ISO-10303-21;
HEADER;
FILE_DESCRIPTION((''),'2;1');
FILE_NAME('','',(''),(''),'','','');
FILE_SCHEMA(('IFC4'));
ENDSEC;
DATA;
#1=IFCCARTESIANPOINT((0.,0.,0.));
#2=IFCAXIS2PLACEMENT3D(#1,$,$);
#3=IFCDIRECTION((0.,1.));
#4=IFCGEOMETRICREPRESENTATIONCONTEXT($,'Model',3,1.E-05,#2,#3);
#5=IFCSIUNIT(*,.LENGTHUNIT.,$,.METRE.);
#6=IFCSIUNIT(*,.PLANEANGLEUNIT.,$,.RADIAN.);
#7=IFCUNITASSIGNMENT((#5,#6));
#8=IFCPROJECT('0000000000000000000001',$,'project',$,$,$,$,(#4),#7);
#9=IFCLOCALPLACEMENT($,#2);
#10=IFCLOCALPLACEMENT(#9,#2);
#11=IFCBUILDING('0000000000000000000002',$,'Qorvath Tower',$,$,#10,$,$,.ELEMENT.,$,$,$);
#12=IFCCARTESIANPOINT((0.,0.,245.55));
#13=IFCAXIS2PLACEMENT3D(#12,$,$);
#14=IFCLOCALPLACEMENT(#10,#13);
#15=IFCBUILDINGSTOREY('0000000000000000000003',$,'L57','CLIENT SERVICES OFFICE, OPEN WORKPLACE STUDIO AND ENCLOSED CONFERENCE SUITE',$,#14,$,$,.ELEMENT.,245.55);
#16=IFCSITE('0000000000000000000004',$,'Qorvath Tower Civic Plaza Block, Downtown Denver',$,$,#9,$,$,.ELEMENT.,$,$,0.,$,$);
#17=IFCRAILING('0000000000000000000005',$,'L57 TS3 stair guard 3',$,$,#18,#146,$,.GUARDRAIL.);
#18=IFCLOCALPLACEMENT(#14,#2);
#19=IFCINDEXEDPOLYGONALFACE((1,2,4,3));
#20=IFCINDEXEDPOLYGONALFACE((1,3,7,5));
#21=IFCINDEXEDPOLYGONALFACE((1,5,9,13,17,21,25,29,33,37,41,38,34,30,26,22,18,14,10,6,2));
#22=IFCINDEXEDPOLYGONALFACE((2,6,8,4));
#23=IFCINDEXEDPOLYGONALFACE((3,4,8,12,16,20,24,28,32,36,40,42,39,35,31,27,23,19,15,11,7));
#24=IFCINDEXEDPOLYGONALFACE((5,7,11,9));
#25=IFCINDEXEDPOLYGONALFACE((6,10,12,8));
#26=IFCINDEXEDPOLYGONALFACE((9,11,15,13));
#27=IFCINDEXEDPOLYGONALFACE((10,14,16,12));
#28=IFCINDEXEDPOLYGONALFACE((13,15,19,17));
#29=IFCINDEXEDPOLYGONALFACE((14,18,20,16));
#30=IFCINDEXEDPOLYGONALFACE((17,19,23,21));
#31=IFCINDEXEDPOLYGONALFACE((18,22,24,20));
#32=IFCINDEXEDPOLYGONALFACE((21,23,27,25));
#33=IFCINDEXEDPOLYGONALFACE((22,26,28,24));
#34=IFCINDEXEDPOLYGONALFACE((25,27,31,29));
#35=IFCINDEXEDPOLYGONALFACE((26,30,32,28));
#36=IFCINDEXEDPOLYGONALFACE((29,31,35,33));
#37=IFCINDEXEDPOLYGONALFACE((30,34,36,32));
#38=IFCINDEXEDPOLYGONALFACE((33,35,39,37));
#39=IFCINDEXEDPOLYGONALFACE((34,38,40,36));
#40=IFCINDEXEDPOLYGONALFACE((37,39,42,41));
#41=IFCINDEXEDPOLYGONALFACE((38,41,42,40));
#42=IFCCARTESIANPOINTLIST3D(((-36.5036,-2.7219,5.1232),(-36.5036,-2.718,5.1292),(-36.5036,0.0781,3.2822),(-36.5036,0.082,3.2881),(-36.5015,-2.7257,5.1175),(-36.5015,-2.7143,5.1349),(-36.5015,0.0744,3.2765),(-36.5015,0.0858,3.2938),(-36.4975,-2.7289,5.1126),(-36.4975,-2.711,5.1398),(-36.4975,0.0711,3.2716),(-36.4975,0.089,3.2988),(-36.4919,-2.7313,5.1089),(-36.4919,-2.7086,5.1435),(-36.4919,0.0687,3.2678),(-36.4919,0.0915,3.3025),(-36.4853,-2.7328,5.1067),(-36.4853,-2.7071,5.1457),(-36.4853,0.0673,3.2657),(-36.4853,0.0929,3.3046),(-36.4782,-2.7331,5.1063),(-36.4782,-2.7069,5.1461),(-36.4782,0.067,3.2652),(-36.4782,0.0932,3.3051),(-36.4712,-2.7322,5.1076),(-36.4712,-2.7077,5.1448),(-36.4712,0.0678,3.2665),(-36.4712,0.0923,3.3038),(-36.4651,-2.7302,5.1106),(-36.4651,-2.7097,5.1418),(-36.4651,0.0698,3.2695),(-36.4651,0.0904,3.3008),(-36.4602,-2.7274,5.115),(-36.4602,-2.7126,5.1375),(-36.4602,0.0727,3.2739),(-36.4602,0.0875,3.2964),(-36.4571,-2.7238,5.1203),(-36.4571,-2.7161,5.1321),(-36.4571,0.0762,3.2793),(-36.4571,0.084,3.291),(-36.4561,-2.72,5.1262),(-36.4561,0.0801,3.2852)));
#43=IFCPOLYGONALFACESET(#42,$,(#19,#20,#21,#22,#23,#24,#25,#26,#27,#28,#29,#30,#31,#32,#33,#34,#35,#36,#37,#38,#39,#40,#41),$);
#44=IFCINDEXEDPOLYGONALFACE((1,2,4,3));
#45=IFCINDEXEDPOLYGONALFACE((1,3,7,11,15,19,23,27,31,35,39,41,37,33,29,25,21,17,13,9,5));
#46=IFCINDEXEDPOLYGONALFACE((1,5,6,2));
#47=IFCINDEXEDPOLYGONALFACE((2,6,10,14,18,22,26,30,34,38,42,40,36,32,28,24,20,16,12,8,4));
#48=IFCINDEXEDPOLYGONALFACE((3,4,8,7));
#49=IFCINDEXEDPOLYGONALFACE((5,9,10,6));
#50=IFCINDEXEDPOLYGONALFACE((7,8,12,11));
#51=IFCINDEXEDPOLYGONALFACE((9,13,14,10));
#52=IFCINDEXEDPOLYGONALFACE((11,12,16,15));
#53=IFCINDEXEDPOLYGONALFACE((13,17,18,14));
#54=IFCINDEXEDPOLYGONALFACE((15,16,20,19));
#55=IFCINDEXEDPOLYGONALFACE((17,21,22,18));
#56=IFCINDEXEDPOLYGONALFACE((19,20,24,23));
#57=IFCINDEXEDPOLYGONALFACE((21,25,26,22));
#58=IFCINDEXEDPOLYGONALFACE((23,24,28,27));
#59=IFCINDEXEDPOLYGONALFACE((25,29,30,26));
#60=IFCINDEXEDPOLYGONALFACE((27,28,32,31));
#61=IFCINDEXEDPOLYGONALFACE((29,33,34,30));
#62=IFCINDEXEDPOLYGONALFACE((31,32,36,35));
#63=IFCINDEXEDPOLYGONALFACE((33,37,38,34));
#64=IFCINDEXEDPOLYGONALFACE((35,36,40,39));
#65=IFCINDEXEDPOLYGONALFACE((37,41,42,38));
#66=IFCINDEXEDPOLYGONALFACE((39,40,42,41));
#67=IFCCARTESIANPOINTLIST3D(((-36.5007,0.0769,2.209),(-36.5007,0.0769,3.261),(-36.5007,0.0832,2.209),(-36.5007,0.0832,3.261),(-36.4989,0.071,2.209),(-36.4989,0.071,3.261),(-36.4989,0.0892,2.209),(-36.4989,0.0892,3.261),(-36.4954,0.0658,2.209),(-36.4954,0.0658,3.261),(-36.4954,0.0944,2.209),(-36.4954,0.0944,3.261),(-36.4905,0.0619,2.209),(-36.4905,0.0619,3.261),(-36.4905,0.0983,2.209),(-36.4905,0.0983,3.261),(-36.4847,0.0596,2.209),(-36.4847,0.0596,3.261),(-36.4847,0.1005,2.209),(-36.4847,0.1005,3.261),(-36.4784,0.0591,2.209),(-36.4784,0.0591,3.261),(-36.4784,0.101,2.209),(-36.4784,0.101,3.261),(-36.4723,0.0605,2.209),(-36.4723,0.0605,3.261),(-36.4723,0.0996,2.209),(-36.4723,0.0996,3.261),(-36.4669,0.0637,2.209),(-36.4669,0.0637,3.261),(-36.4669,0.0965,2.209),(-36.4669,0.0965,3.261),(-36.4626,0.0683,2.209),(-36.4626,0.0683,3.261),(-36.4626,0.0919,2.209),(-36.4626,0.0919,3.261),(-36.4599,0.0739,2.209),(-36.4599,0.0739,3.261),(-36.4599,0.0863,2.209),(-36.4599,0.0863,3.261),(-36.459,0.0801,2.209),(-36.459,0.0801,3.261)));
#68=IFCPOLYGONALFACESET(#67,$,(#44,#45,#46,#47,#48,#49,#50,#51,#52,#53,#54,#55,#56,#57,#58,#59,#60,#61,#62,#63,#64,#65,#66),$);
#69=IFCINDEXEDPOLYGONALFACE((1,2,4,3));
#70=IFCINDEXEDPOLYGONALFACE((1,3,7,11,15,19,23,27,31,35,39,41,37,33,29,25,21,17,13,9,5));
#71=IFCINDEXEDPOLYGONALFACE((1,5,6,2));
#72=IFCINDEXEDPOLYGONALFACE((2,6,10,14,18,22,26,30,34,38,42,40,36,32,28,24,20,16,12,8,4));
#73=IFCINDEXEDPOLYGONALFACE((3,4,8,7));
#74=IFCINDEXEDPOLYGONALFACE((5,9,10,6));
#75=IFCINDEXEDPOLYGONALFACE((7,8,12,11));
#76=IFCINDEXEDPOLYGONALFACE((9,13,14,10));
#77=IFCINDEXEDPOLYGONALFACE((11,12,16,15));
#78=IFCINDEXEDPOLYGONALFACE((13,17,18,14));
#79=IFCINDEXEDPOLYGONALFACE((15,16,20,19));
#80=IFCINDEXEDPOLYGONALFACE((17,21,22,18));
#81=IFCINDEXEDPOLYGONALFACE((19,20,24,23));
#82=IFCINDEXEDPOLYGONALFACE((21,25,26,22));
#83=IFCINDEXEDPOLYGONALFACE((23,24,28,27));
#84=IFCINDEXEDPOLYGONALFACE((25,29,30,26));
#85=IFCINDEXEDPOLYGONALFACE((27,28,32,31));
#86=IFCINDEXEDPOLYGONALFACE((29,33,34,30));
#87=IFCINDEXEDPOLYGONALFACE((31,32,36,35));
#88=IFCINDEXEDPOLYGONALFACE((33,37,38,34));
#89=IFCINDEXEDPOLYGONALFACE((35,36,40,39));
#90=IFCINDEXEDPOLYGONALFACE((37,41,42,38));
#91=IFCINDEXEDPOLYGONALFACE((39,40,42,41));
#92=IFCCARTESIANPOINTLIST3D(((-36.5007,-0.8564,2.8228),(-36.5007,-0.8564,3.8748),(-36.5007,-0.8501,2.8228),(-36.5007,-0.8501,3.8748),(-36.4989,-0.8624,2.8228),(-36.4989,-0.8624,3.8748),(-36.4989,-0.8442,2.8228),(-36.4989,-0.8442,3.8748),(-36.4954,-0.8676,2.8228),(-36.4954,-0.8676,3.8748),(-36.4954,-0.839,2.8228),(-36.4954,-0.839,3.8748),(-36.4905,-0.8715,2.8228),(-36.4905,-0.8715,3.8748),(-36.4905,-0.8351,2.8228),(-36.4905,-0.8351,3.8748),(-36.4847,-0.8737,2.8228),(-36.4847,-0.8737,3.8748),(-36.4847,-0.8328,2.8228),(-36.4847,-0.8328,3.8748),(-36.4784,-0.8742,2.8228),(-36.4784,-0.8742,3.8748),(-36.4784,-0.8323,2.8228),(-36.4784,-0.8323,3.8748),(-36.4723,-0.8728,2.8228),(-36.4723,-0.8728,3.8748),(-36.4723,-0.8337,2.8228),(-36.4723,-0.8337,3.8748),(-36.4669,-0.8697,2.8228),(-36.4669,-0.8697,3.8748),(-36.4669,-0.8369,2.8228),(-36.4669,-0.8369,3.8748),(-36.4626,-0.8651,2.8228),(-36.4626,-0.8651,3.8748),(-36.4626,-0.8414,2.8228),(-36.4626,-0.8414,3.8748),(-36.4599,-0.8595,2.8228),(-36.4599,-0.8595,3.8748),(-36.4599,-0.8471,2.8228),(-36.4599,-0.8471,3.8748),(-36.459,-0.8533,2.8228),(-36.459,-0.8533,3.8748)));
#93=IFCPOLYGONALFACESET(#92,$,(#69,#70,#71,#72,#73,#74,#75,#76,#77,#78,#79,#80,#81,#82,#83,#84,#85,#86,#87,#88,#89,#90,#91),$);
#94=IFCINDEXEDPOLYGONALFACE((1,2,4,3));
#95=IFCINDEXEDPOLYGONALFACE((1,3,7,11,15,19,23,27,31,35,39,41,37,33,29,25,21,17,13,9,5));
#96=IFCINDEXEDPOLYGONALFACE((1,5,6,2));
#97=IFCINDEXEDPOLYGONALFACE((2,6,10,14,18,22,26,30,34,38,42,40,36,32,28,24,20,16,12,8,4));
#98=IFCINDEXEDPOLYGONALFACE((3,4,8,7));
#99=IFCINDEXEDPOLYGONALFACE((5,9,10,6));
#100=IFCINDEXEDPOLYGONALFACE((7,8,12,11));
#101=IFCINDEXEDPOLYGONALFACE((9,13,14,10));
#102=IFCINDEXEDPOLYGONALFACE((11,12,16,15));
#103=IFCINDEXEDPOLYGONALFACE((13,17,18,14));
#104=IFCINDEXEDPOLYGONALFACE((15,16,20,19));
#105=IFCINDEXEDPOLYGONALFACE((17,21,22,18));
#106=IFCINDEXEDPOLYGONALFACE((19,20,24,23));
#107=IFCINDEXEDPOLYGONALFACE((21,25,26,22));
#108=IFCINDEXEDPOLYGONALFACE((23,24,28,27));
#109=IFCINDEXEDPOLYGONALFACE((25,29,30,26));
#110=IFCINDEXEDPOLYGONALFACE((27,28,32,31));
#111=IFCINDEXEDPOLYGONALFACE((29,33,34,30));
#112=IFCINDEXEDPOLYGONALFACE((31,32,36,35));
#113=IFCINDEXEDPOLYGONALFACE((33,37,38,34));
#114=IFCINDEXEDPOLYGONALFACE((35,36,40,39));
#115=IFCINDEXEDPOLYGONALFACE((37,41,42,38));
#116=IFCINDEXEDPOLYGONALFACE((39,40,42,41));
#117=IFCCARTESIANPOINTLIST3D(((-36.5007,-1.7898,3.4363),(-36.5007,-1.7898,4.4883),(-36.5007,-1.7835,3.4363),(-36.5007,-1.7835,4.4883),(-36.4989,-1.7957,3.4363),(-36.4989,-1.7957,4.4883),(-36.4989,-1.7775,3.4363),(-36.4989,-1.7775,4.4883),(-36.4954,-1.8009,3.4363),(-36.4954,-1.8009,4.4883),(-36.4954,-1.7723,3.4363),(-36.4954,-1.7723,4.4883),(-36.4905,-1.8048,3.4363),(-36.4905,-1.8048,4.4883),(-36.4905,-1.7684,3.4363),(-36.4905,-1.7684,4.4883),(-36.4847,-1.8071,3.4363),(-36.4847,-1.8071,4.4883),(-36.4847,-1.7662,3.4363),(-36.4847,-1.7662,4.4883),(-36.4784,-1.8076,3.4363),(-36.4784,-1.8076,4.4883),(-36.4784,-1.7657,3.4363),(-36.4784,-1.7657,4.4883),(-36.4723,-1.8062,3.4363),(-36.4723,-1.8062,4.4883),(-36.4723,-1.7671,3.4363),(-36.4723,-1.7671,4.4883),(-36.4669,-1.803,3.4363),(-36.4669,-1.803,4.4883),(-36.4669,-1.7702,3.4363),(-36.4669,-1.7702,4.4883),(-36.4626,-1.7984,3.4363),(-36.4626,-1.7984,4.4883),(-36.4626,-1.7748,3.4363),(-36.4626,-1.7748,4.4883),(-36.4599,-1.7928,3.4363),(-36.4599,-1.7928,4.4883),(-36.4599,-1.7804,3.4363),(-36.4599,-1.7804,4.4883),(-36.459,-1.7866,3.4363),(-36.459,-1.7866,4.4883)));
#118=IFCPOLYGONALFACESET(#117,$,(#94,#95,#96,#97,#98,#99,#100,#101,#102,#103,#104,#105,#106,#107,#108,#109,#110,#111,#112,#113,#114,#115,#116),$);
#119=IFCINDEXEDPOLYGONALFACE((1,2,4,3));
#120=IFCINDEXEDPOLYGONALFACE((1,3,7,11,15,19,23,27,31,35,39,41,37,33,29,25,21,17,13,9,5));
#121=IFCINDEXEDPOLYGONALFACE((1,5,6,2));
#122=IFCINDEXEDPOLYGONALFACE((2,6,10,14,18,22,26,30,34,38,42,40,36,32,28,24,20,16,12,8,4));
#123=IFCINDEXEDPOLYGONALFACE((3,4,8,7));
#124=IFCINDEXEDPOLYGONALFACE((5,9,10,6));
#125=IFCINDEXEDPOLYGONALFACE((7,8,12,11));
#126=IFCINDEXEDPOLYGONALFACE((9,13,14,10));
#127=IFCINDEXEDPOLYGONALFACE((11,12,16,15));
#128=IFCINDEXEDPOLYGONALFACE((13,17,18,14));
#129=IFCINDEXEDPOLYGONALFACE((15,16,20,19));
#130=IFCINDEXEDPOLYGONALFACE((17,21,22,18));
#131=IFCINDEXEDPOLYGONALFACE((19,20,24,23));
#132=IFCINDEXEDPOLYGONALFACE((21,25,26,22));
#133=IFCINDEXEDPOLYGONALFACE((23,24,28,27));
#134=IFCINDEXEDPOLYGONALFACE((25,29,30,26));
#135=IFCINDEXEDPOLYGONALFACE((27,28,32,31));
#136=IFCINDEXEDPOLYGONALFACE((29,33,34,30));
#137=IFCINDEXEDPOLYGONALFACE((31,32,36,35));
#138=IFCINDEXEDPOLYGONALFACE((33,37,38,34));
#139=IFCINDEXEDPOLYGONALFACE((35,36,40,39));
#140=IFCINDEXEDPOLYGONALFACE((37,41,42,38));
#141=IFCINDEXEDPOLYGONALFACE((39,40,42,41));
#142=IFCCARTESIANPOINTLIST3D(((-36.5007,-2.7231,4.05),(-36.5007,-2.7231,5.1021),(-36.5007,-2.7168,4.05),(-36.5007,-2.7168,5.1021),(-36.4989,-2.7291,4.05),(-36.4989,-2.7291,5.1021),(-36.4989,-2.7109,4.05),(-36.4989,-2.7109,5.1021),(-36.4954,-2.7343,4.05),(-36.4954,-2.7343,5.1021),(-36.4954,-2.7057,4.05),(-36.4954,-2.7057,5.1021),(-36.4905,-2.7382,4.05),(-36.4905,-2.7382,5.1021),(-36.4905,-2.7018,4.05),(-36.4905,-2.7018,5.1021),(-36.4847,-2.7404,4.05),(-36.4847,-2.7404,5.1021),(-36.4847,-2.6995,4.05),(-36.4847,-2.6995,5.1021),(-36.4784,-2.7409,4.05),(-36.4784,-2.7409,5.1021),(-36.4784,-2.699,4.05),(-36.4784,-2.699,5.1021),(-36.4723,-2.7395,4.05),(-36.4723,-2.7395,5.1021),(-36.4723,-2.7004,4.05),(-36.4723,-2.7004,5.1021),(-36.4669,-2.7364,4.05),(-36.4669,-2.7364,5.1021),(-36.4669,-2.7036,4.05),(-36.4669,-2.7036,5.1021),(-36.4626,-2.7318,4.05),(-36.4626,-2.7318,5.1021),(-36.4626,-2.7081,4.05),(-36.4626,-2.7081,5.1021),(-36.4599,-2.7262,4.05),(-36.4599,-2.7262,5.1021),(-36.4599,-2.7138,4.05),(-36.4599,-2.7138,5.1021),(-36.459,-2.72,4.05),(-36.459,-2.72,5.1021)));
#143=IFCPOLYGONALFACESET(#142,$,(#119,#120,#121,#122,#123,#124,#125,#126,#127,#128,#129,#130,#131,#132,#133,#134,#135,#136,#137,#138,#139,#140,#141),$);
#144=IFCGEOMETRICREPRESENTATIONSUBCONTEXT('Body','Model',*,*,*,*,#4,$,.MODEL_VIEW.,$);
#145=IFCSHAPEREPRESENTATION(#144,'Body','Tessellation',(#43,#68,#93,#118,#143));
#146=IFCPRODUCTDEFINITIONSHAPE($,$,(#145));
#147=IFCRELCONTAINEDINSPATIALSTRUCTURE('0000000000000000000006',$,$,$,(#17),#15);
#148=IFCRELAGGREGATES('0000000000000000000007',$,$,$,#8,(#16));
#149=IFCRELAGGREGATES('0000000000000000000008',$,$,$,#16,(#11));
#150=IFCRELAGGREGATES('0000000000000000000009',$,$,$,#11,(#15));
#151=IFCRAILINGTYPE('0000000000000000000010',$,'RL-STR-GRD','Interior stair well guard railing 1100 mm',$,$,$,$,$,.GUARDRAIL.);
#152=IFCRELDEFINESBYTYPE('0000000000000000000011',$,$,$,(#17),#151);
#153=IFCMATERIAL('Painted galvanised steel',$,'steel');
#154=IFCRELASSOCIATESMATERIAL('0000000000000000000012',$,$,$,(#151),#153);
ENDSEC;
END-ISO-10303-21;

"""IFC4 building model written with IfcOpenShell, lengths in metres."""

from ifc_helpers import new_model, si_unit, direction, frame, origin, origin_2d, place, context, subcontext, project, spatial, circle, extrude, material, type_object, element, save


model = new_model("IFC4")

# Units and contexts
model_context = context("Model", 3, precision=1e-05, world=origin(), true_north=direction((0.0, 1.0)))
body_context = subcontext(model_context, "Body", "Model", "MODEL_VIEW")
ifc_project = project(units=[si_unit("LENGTHUNIT", "METRE"), si_unit("PLANEANGLEUNIT", "RADIAN")], contexts=[model_context])

# Site, building, storey
site_placement = place(None, origin())
site = spatial("IfcSite", under=ifc_project, at=site_placement, Name="Qorvath Tower Civic Plaza Block, Downtown Denver", CompositionType="ELEMENT", RefElevation=0.0)
building_placement = place(site_placement, origin())
building = spatial("IfcBuilding", under=site, at=building_placement, Name="Qorvath Tower", CompositionType="ELEMENT")
storey_placement = place(building_placement, frame((0.0, 0.0, 245.55)))
storey = spatial("IfcBuildingStorey", under=building, at=storey_placement, Name="L57", Description="CLIENT SERVICES OFFICE, OPEN WORKPLACE STUDIO AND ENCLOSED CONFERENCE SUITE", CompositionType="ELEMENT", Elevation=245.55)

# Railing
ifc_material_1 = material(Name="Painted galvanised steel", Category="steel")
railing_type_1 = type_object("IfcRailingType", Name="RL-STR-GRD", Description="Interior stair well guard railing 1100 mm", PredefinedType="GUARDRAIL", material=ifc_material_1)
railing_1_placement = place(storey_placement, frame((-36.48, 0.0801, 2.209)))
element("IfcRailing", 1, at=railing_1_placement, inside=storey, type_object=railing_type_1, Name="L57 TS3 stair guard 3", PredefinedType="GUARDRAIL", context=body_context, shape_type="SweptSolid", body=[
    extrude(circle(Radius=0.0239, at=origin_2d()), frame((0.0, 0.0, 1.0762), z_axis=(0.0, -0.835564, 0.549393), x_axis=(1.0, 0.0, 0.0)), (0.0, 0.0, 1.0), 3.3511),
    extrude(circle(Radius=0.021, at=origin_2d()), origin(), (0.0, 0.0, 1.0), 1.052),
    extrude(circle(Radius=0.021, at=origin_2d()), frame((0.0, -0.9333, 0.6138)), (0.0, 0.0, 1.0), 1.052),
    extrude(circle(Radius=0.021, at=origin_2d()), frame((0.0, -1.8667, 1.2273)), (0.0, 0.0, 1.0), 1.052),
    extrude(circle(Radius=0.021, at=origin_2d()), frame((0.0, -2.8, 1.8411)), (0.0, 0.0, 1.0), 1.052),
])

save(model, "model.ifc")
